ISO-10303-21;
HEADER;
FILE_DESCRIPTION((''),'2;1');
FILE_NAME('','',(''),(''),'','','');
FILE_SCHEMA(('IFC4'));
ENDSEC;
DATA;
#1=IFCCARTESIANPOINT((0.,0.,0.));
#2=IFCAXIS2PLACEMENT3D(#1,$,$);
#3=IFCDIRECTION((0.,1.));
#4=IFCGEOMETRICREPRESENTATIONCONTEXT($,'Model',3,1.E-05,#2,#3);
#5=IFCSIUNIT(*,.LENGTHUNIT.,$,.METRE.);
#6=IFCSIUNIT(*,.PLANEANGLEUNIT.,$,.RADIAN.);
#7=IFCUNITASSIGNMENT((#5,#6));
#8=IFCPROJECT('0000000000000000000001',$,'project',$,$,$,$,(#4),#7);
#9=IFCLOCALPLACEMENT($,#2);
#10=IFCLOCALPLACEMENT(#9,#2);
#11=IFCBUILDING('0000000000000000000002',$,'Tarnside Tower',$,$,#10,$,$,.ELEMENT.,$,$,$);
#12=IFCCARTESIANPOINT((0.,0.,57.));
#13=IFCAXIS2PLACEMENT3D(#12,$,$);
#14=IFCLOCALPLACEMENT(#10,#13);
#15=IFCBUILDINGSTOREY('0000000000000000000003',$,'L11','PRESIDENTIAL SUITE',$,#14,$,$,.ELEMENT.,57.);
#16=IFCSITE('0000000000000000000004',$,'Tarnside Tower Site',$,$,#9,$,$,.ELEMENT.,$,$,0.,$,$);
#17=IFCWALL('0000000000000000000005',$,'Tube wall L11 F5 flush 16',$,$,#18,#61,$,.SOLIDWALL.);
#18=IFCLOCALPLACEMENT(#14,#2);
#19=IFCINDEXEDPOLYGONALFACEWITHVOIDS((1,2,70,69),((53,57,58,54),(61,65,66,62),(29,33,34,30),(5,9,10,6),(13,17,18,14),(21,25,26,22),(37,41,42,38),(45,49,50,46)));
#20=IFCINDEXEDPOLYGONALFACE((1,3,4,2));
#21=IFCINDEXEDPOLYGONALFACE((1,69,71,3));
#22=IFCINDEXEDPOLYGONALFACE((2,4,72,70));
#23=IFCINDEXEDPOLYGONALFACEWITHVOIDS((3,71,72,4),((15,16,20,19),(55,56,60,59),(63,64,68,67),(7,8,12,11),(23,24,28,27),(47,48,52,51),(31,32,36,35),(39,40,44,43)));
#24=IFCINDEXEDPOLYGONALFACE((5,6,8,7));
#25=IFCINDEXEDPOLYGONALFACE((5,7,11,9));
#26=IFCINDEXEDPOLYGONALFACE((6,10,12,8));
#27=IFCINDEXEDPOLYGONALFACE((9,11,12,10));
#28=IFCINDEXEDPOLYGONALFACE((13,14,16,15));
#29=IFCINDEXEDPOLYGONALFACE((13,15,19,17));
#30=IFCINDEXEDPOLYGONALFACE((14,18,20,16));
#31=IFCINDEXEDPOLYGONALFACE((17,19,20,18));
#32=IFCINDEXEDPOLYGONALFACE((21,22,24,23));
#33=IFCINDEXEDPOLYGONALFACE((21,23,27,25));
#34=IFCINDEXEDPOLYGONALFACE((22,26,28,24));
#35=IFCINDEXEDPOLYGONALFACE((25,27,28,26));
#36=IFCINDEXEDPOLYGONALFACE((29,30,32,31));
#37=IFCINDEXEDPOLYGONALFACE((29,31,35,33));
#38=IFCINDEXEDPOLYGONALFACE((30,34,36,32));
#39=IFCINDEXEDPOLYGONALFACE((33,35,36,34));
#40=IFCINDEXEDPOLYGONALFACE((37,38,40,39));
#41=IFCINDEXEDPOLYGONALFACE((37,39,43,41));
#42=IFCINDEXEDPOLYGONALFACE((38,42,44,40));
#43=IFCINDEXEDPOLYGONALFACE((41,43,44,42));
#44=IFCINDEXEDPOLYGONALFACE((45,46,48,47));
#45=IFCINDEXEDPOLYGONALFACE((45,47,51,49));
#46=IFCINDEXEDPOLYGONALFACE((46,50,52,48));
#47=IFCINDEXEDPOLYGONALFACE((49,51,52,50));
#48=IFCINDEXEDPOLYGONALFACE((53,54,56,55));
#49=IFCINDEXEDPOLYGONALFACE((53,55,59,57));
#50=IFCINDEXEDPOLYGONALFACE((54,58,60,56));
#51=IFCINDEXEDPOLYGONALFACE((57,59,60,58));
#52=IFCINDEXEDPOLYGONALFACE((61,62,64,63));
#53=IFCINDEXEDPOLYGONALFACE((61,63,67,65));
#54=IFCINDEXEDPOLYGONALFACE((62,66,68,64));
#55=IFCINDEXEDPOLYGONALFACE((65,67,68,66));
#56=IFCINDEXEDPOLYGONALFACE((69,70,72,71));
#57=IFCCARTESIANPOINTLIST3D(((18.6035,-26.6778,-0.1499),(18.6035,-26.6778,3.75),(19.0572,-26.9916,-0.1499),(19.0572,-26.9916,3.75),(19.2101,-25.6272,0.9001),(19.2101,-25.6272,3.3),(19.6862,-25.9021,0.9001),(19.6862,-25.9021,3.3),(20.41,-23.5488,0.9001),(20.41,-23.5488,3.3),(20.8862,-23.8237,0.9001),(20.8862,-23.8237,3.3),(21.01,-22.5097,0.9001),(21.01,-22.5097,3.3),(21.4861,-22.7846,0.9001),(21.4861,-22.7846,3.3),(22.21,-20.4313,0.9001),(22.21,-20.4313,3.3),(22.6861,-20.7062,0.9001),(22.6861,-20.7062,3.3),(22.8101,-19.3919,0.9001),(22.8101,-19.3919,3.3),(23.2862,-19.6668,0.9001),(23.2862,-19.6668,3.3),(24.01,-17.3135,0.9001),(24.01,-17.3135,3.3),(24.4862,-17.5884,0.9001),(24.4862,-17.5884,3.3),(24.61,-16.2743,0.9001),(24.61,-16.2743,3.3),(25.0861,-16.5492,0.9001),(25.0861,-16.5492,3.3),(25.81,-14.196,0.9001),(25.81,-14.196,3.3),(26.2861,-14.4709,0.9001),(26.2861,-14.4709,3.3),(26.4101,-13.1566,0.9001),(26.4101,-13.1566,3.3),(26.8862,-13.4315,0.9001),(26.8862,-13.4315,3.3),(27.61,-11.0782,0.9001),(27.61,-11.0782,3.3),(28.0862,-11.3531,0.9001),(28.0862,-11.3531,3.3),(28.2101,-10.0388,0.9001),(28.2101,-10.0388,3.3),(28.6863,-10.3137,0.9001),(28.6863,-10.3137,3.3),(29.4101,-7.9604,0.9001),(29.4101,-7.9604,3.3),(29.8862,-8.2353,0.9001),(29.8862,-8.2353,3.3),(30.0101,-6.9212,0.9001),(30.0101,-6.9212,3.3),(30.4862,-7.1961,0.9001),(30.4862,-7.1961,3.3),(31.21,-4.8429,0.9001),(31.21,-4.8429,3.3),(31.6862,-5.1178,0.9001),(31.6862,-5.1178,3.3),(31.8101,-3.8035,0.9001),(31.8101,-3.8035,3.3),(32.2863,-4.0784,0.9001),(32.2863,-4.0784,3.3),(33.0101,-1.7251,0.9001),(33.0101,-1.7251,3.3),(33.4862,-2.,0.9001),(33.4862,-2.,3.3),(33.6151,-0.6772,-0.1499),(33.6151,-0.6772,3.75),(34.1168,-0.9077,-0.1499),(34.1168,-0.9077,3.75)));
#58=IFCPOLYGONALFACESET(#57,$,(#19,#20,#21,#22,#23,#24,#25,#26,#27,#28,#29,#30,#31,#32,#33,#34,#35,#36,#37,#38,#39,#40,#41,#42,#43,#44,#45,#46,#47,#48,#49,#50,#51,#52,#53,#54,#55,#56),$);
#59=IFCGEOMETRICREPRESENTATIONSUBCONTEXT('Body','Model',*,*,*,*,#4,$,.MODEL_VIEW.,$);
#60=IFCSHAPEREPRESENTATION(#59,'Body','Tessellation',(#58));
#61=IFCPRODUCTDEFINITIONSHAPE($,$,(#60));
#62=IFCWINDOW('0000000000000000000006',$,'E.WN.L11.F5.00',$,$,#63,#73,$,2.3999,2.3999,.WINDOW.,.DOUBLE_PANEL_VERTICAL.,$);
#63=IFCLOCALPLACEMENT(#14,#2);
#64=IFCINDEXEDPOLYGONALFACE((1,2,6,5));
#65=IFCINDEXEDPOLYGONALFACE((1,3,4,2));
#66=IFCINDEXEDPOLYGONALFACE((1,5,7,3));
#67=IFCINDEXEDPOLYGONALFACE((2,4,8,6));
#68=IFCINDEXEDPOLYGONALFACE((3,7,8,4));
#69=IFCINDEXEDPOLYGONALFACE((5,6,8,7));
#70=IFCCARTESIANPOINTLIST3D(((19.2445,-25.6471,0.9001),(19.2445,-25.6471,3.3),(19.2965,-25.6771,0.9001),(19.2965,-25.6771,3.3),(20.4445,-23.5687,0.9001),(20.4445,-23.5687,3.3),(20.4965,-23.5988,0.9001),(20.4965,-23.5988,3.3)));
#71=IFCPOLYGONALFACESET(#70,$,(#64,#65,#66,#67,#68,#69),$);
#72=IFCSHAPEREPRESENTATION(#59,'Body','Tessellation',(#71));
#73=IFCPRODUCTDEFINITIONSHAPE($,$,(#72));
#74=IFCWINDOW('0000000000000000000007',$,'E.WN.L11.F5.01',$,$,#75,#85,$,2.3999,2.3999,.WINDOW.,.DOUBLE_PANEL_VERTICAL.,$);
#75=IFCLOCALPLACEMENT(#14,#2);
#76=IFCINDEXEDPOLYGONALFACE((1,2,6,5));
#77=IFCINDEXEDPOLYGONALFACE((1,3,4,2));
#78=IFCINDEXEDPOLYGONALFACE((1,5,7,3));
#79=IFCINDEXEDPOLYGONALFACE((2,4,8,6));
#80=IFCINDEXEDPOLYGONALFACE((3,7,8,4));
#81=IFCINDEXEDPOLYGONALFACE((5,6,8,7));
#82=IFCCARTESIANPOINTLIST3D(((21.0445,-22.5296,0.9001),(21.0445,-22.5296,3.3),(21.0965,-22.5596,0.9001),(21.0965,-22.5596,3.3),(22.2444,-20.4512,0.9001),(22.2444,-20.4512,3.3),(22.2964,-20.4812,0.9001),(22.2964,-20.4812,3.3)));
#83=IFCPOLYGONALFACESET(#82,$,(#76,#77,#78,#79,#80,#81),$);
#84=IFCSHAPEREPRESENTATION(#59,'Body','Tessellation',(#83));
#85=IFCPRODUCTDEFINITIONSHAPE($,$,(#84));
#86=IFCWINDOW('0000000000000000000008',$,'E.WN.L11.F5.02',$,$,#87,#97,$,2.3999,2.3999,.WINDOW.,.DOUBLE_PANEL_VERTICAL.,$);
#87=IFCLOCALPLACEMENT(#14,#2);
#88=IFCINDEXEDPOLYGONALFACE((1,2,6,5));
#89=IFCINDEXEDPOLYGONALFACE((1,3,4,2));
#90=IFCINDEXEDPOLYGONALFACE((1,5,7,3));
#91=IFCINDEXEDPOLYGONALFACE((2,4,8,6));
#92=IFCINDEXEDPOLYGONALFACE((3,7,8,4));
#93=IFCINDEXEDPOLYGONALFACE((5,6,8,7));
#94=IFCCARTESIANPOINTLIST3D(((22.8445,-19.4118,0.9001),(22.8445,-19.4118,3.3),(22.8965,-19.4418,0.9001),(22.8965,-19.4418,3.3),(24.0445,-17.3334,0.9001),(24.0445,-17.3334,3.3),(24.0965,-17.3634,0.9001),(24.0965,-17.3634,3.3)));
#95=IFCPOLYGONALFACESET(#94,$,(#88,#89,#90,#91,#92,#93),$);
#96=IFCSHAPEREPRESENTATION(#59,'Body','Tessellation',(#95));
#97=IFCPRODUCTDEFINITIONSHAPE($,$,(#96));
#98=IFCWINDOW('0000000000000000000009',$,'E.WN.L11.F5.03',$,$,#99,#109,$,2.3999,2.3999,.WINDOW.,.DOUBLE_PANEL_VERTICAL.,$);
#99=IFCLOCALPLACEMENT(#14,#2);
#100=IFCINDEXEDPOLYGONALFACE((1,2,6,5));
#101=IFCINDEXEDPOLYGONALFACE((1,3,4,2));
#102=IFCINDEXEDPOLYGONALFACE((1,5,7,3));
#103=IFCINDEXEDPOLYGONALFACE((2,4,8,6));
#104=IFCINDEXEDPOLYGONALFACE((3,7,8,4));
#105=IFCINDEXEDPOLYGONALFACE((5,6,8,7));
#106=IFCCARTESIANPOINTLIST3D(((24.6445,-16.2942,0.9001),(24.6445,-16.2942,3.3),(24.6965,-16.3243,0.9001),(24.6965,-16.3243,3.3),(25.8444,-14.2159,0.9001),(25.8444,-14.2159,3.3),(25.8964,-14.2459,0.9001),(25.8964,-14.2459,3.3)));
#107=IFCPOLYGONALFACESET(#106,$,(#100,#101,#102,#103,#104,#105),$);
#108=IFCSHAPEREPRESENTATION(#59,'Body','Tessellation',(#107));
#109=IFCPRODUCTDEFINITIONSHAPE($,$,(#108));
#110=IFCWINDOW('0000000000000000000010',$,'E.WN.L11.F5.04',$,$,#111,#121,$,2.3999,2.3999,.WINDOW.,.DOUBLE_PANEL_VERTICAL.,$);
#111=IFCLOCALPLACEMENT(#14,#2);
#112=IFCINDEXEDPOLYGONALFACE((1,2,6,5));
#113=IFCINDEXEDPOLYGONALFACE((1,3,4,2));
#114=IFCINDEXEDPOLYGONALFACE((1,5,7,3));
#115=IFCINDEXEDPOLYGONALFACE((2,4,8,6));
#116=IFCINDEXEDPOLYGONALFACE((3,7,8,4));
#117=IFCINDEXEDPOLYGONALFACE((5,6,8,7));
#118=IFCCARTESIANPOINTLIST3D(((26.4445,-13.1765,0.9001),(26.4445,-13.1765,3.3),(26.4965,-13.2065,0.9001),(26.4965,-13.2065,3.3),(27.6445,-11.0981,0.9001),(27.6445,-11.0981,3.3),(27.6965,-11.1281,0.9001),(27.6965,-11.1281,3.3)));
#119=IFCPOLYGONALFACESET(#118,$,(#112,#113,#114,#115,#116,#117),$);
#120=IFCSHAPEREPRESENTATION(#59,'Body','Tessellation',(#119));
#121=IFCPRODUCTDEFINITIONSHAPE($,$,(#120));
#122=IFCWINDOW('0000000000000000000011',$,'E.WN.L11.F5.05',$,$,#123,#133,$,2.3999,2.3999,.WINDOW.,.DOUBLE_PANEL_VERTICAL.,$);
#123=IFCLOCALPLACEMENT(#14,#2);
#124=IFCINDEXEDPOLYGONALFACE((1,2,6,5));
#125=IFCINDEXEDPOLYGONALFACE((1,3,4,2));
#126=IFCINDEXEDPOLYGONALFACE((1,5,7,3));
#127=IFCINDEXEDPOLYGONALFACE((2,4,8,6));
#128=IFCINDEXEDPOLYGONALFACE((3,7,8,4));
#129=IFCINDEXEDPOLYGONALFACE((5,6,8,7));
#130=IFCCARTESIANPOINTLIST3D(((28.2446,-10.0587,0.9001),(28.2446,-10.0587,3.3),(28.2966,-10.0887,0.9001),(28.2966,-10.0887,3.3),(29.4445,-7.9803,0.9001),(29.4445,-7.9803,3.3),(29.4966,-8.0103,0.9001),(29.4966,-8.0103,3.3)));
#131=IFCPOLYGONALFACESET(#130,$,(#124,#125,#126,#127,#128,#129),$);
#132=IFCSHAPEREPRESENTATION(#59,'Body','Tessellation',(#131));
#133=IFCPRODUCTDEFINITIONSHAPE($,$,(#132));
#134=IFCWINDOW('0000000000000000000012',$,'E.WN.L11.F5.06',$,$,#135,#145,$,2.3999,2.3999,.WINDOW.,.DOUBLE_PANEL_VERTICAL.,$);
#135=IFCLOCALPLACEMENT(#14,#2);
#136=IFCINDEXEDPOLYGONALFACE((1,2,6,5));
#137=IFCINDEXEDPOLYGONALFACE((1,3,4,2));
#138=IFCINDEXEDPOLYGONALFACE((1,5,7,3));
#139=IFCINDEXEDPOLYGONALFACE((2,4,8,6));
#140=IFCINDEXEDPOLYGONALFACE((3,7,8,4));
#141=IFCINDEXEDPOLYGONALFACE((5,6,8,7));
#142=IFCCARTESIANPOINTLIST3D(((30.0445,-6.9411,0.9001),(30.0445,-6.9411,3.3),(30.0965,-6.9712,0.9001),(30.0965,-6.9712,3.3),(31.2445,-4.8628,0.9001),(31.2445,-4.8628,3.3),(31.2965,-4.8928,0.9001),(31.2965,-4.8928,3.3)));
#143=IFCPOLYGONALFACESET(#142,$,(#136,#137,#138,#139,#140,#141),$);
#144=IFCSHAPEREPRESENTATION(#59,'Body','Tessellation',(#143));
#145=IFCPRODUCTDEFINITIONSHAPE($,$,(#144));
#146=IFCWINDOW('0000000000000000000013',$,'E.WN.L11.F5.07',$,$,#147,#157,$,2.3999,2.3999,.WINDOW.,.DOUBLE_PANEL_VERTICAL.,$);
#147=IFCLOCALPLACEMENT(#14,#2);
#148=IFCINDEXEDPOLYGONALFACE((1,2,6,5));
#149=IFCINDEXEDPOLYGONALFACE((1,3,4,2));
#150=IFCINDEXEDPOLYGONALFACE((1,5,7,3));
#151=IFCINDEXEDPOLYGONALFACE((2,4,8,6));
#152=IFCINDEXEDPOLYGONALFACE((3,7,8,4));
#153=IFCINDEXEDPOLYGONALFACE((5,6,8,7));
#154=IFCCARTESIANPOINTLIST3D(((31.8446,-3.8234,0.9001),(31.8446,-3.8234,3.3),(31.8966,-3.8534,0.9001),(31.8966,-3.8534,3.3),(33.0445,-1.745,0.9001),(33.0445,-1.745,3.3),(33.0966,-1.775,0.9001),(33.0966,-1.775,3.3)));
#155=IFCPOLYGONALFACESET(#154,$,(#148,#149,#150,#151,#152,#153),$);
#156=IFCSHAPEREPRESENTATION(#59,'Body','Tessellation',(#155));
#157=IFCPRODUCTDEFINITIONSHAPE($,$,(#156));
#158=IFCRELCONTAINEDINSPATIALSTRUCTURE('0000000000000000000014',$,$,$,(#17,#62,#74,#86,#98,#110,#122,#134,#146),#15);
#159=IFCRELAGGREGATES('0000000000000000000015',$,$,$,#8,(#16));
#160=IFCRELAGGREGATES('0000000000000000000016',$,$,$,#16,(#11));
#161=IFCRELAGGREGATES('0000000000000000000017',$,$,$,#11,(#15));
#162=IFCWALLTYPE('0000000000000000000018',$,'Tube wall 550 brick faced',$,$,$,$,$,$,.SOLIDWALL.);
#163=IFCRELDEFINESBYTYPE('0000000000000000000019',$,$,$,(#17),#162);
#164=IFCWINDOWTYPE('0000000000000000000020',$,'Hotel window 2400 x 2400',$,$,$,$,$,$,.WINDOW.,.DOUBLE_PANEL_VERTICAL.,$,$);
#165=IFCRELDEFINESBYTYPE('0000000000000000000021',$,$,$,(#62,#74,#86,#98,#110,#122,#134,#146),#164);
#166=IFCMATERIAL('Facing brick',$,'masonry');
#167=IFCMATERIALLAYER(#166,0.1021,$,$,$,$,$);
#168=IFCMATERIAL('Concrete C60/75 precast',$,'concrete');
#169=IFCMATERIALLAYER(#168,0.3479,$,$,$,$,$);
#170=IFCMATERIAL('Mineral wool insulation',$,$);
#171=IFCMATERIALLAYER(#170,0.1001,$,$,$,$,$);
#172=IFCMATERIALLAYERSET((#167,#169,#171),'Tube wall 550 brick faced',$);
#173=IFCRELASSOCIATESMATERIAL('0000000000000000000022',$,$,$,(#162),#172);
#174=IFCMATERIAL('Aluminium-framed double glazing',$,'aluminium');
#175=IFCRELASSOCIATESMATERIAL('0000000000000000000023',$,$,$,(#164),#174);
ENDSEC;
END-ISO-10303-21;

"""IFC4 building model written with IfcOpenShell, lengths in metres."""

from ifc_helpers import new_model, si_unit, direction, frame, frame_2d, origin, place, context, subcontext, project, spatial, polyline, rectangle, outline, extrude, material, layer, layer_set, type_object, element, fill, save


model = new_model("IFC4")

# Units and contexts
model_context = context("Model", 3, precision=1e-05, world=origin(), true_north=direction((0.0, 1.0)))
body_context = subcontext(model_context, "Body", "Model", "MODEL_VIEW")
ifc_project = project(units=[si_unit("LENGTHUNIT", "METRE"), si_unit("PLANEANGLEUNIT", "RADIAN")], contexts=[model_context])

# Site, building, storey
site_placement = place(None, origin())
site = spatial("IfcSite", under=ifc_project, at=site_placement, Name="Tarnside Tower Site", CompositionType="ELEMENT", RefElevation=0.0)
building_placement = place(site_placement, origin())
building = spatial("IfcBuilding", under=site, at=building_placement, Name="Tarnside Tower", CompositionType="ELEMENT")
storey_placement = place(building_placement, frame((0.0, 0.0, 57.0)))
storey = spatial("IfcBuildingStorey", under=building, at=storey_placement, Name="L11", Description="PRESIDENTIAL SUITE", CompositionType="ELEMENT", Elevation=57.0)

# Shared definitions
ifc_material_1 = material(Name="Facing brick", Category="masonry")
ifc_layer_1 = layer(ifc_material_1, 0.1021)
ifc_material_2 = material(Name="Concrete C60/75 precast", Category="concrete")
ifc_layer_2 = layer(ifc_material_2, 0.3479)
ifc_material_3 = material(Name="Mineral wool insulation")
ifc_layer_3 = layer(ifc_material_3, 0.1001)
ifc_layer_set_1 = layer_set([ifc_layer_1, ifc_layer_2, ifc_layer_3], Name="Tube wall 550 brick faced")
wall_type_1 = type_object("IfcWallType", Name="Tube wall 550 brick faced", PredefinedType="SOLIDWALL", material=ifc_layer_set_1)

# Wall, openings, windows
wall_1_placement = place(storey_placement, frame((18.8303, -26.8347, -0.1499), z_axis=(0.0, 0.0, 1.0), x_axis=(0.500004, 0.866023, 0.0)))
wall_1 = element("IfcWall", 1, at=wall_1_placement, inside=storey, type_object=wall_type_1, Name="Tube wall L11 F5 flush 16", PredefinedType="SOLIDWALL", context=body_context, shape_type="SweptSolid", body=[
    extrude(outline(polyline([(-0.0225, -0.2749), (30.0967, -0.2749), (30.0454, 0.2749), (0.0225, 0.2749), (-0.0225, -0.2749)])), origin(), (0.0, 0.0, 1.0), 3.8999),
])
opening_1_placement = place(wall_1_placement, frame((1.2356, 0.0, 1.05)))
opening_1 = element("IfcOpeningElement", 2, at=opening_1_placement, cuts=wall_1, PredefinedType="OPENING", context=body_context, shape_type="SweptSolid", body=[
    extrude(rectangle(XDim=2.3999, YDim=2.3999, at=frame_2d((1.2, 1.2))), frame((0.0, 0.2852, 0.0), z_axis=(0.0, -1.0, 0.0), x_axis=(1.0, 0.0, 0.0)), (0.0, 0.0, 1.0), 0.5701),
])
opening_2_placement = place(wall_1_placement, frame((4.8354, 0.0, 1.05)))
opening_2 = element("IfcOpeningElement", 3, at=opening_2_placement, cuts=wall_1, PredefinedType="OPENING", context=body_context, shape_type="SweptSolid", body=[
    extrude(rectangle(XDim=2.3999, YDim=2.3999, at=frame_2d((1.2, 1.2))), frame((0.0, 0.2852, 0.0), z_axis=(0.0, -1.0, 0.0), x_axis=(1.0, 0.0, 0.0)), (0.0, 0.0, 1.0), 0.5701),
])
opening_3_placement = place(wall_1_placement, frame((8.4355, 0.0, 1.05)))
opening_3 = element("IfcOpeningElement", 4, at=opening_3_placement, cuts=wall_1, PredefinedType="OPENING", context=body_context, shape_type="SweptSolid", body=[
    extrude(rectangle(XDim=2.3999, YDim=2.3999, at=frame_2d((1.2, 1.2))), frame((0.0, 0.2852, 0.0), z_axis=(0.0, -1.0, 0.0), x_axis=(1.0, 0.0, 0.0)), (0.0, 0.0, 1.0), 0.5701),
])
opening_4_placement = place(wall_1_placement, frame((12.0354, 0.0, 1.05)))
opening_4 = element("IfcOpeningElement", 5, at=opening_4_placement, cuts=wall_1, PredefinedType="OPENING", context=body_context, shape_type="SweptSolid", body=[
    extrude(rectangle(XDim=2.3999, YDim=2.3999, at=frame_2d((1.2, 1.2))), frame((0.0, 0.2852, 0.0), z_axis=(0.0, -1.0, 0.0), x_axis=(1.0, 0.0, 0.0)), (0.0, 0.0, 1.0), 0.5701),
])
opening_5_placement = place(wall_1_placement, frame((15.6355, 0.0, 1.05)))
opening_5 = element("IfcOpeningElement", 6, at=opening_5_placement, cuts=wall_1, PredefinedType="OPENING", context=body_context, shape_type="SweptSolid", body=[
    extrude(rectangle(XDim=2.3999, YDim=2.3999, at=frame_2d((1.2, 1.2))), frame((0.0, 0.2852, 0.0), z_axis=(0.0, -1.0, 0.0), x_axis=(1.0, 0.0, 0.0)), (0.0, 0.0, 1.0), 0.5701),
])
opening_6_placement = place(wall_1_placement, frame((19.2356, 0.0, 1.05)))
opening_6 = element("IfcOpeningElement", 7, at=opening_6_placement, cuts=wall_1, PredefinedType="OPENING", context=body_context, shape_type="SweptSolid", body=[
    extrude(rectangle(XDim=2.3999, YDim=2.3999, at=frame_2d((1.2, 1.2))), frame((0.0, 0.2852, 0.0), z_axis=(0.0, -1.0, 0.0), x_axis=(1.0, 0.0, 0.0)), (0.0, 0.0, 1.0), 0.5701),
])
opening_7_placement = place(wall_1_placement, frame((22.8354, 0.0, 1.05)))
opening_7 = element("IfcOpeningElement", 8, at=opening_7_placement, cuts=wall_1, PredefinedType="OPENING", context=body_context, shape_type="SweptSolid", body=[
    extrude(rectangle(XDim=2.3999, YDim=2.3999, at=frame_2d((1.2, 1.2))), frame((0.0, 0.2852, 0.0), z_axis=(0.0, -1.0, 0.0), x_axis=(1.0, 0.0, 0.0)), (0.0, 0.0, 1.0), 0.5701),
])
opening_8_placement = place(wall_1_placement, frame((26.4355, 0.0, 1.05)))
opening_8 = element("IfcOpeningElement", 9, at=opening_8_placement, cuts=wall_1, PredefinedType="OPENING", context=body_context, shape_type="SweptSolid", body=[
    extrude(rectangle(XDim=2.3999, YDim=2.3999, at=frame_2d((1.2, 1.2))), frame((0.0, 0.2852, 0.0), z_axis=(0.0, -1.0, 0.0), x_axis=(1.0, 0.0, 0.0)), (0.0, 0.0, 1.0), 0.5701),
])
ifc_material_4 = material(Name="Aluminium-framed double glazing", Category="aluminium")
window_type = type_object("IfcWindowType", Name="Hotel window 2400 x 2400", PartitioningType="DOUBLE_PANEL_VERTICAL", PredefinedType="WINDOW", material=ifc_material_4)
window_1_placement = place(opening_1_placement, frame((0.0, 0.2051, 0.0)))
window_1 = element("IfcWindow", 10, at=window_1_placement, inside=storey, type_object=window_type, Name="E.WN.L11.F5.00", OverallHeight=2.3999, OverallWidth=2.3999, PartitioningType="DOUBLE_PANEL_VERTICAL", PredefinedType="WINDOW", context=body_context, shape_type="SweptSolid", body=[
    extrude(rectangle(XDim=2.3999, YDim=2.3999, at=frame_2d((1.2, 1.2))), frame((0.0, 0.03, 0.0), z_axis=(0.0, -1.0, 0.0), x_axis=(1.0, 0.0, 0.0)), (0.0, 0.0, 1.0), 0.0601),
])
fill(opening_1, window_1)
window_2_placement = place(opening_2_placement, frame((0.0, 0.2051, 0.0)))
window_2 = element("IfcWindow", 11, at=window_2_placement, inside=storey, type_object=window_type, Name="E.WN.L11.F5.01", OverallHeight=2.3999, OverallWidth=2.3999, PartitioningType="DOUBLE_PANEL_VERTICAL", PredefinedType="WINDOW", context=body_context, shape_type="SweptSolid", body=[
    extrude(rectangle(XDim=2.3999, YDim=2.3999, at=frame_2d((1.2, 1.2))), frame((0.0, 0.03, 0.0), z_axis=(0.0, -1.0, 0.0), x_axis=(1.0, 0.0, 0.0)), (0.0, 0.0, 1.0), 0.0601),
])
fill(opening_2, window_2)
window_3_placement = place(opening_3_placement, frame((0.0, 0.2051, 0.0)))
window_3 = element("IfcWindow", 12, at=window_3_placement, inside=storey, type_object=window_type, Name="E.WN.L11.F5.02", OverallHeight=2.3999, OverallWidth=2.3999, PartitioningType="DOUBLE_PANEL_VERTICAL", PredefinedType="WINDOW", context=body_context, shape_type="SweptSolid", body=[
    extrude(rectangle(XDim=2.3999, YDim=2.3999, at=frame_2d((1.2, 1.2))), frame((0.0, 0.03, 0.0), z_axis=(0.0, -1.0, 0.0), x_axis=(1.0, 0.0, 0.0)), (0.0, 0.0, 1.0), 0.0601),
])
fill(opening_3, window_3)
window_4_placement = place(opening_4_placement, frame((0.0, 0.2051, 0.0)))
window_4 = element("IfcWindow", 13, at=window_4_placement, inside=storey, type_object=window_type, Name="E.WN.L11.F5.03", OverallHeight=2.3999, OverallWidth=2.3999, PartitioningType="DOUBLE_PANEL_VERTICAL", PredefinedType="WINDOW", context=body_context, shape_type="SweptSolid", body=[
    extrude(rectangle(XDim=2.3999, YDim=2.3999, at=frame_2d((1.2, 1.2))), frame((0.0, 0.03, 0.0), z_axis=(0.0, -1.0, 0.0), x_axis=(1.0, 0.0, 0.0)), (0.0, 0.0, 1.0), 0.0601),
])
fill(opening_4, window_4)
window_5_placement = place(opening_5_placement, frame((0.0, 0.2051, 0.0)))
window_5 = element("IfcWindow", 14, at=window_5_placement, inside=storey, type_object=window_type, Name="E.WN.L11.F5.04", OverallHeight=2.3999, OverallWidth=2.3999, PartitioningType="DOUBLE_PANEL_VERTICAL", PredefinedType="WINDOW", context=body_context, shape_type="SweptSolid", body=[
    extrude(rectangle(XDim=2.3999, YDim=2.3999, at=frame_2d((1.2, 1.2))), frame((0.0, 0.03, 0.0), z_axis=(0.0, -1.0, 0.0), x_axis=(1.0, 0.0, 0.0)), (0.0, 0.0, 1.0), 0.0601),
])
fill(opening_5, window_5)
window_6_placement = place(opening_6_placement, frame((0.0, 0.2051, 0.0)))
window_6 = element("IfcWindow", 15, at=window_6_placement, inside=storey, type_object=window_type, Name="E.WN.L11.F5.05", OverallHeight=2.3999, OverallWidth=2.3999, PartitioningType="DOUBLE_PANEL_VERTICAL", PredefinedType="WINDOW", context=body_context, shape_type="SweptSolid", body=[
    extrude(rectangle(XDim=2.3999, YDim=2.3999, at=frame_2d((1.2, 1.2))), frame((0.0, 0.03, 0.0), z_axis=(0.0, -1.0, 0.0), x_axis=(1.0, 0.0, 0.0)), (0.0, 0.0, 1.0), 0.0601),
])
fill(opening_6, window_6)
window_7_placement = place(opening_7_placement, frame((0.0, 0.2051, 0.0)))
window_7 = element("IfcWindow", 16, at=window_7_placement, inside=storey, type_object=window_type, Name="E.WN.L11.F5.06", OverallHeight=2.3999, OverallWidth=2.3999, PartitioningType="DOUBLE_PANEL_VERTICAL", PredefinedType="WINDOW", context=body_context, shape_type="SweptSolid", body=[
    extrude(rectangle(XDim=2.3999, YDim=2.3999, at=frame_2d((1.2, 1.2))), frame((0.0, 0.03, 0.0), z_axis=(0.0, -1.0, 0.0), x_axis=(1.0, 0.0, 0.0)), (0.0, 0.0, 1.0), 0.0601),
])
fill(opening_7, window_7)
window_8_placement = place(opening_8_placement, frame((0.0, 0.2051, 0.0)))
window_8 = element("IfcWindow", 17, at=window_8_placement, inside=storey, type_object=window_type, Name="E.WN.L11.F5.07", OverallHeight=2.3999, OverallWidth=2.3999, PartitioningType="DOUBLE_PANEL_VERTICAL", PredefinedType="WINDOW", context=body_context, shape_type="SweptSolid", body=[
    extrude(rectangle(XDim=2.3999, YDim=2.3999, at=frame_2d((1.2, 1.2))), frame((0.0, 0.03, 0.0), z_axis=(0.0, -1.0, 0.0), x_axis=(1.0, 0.0, 0.0)), (0.0, 0.0, 1.0), 0.0601),
])
fill(opening_8, window_8)

save(model, "model.ifc")
